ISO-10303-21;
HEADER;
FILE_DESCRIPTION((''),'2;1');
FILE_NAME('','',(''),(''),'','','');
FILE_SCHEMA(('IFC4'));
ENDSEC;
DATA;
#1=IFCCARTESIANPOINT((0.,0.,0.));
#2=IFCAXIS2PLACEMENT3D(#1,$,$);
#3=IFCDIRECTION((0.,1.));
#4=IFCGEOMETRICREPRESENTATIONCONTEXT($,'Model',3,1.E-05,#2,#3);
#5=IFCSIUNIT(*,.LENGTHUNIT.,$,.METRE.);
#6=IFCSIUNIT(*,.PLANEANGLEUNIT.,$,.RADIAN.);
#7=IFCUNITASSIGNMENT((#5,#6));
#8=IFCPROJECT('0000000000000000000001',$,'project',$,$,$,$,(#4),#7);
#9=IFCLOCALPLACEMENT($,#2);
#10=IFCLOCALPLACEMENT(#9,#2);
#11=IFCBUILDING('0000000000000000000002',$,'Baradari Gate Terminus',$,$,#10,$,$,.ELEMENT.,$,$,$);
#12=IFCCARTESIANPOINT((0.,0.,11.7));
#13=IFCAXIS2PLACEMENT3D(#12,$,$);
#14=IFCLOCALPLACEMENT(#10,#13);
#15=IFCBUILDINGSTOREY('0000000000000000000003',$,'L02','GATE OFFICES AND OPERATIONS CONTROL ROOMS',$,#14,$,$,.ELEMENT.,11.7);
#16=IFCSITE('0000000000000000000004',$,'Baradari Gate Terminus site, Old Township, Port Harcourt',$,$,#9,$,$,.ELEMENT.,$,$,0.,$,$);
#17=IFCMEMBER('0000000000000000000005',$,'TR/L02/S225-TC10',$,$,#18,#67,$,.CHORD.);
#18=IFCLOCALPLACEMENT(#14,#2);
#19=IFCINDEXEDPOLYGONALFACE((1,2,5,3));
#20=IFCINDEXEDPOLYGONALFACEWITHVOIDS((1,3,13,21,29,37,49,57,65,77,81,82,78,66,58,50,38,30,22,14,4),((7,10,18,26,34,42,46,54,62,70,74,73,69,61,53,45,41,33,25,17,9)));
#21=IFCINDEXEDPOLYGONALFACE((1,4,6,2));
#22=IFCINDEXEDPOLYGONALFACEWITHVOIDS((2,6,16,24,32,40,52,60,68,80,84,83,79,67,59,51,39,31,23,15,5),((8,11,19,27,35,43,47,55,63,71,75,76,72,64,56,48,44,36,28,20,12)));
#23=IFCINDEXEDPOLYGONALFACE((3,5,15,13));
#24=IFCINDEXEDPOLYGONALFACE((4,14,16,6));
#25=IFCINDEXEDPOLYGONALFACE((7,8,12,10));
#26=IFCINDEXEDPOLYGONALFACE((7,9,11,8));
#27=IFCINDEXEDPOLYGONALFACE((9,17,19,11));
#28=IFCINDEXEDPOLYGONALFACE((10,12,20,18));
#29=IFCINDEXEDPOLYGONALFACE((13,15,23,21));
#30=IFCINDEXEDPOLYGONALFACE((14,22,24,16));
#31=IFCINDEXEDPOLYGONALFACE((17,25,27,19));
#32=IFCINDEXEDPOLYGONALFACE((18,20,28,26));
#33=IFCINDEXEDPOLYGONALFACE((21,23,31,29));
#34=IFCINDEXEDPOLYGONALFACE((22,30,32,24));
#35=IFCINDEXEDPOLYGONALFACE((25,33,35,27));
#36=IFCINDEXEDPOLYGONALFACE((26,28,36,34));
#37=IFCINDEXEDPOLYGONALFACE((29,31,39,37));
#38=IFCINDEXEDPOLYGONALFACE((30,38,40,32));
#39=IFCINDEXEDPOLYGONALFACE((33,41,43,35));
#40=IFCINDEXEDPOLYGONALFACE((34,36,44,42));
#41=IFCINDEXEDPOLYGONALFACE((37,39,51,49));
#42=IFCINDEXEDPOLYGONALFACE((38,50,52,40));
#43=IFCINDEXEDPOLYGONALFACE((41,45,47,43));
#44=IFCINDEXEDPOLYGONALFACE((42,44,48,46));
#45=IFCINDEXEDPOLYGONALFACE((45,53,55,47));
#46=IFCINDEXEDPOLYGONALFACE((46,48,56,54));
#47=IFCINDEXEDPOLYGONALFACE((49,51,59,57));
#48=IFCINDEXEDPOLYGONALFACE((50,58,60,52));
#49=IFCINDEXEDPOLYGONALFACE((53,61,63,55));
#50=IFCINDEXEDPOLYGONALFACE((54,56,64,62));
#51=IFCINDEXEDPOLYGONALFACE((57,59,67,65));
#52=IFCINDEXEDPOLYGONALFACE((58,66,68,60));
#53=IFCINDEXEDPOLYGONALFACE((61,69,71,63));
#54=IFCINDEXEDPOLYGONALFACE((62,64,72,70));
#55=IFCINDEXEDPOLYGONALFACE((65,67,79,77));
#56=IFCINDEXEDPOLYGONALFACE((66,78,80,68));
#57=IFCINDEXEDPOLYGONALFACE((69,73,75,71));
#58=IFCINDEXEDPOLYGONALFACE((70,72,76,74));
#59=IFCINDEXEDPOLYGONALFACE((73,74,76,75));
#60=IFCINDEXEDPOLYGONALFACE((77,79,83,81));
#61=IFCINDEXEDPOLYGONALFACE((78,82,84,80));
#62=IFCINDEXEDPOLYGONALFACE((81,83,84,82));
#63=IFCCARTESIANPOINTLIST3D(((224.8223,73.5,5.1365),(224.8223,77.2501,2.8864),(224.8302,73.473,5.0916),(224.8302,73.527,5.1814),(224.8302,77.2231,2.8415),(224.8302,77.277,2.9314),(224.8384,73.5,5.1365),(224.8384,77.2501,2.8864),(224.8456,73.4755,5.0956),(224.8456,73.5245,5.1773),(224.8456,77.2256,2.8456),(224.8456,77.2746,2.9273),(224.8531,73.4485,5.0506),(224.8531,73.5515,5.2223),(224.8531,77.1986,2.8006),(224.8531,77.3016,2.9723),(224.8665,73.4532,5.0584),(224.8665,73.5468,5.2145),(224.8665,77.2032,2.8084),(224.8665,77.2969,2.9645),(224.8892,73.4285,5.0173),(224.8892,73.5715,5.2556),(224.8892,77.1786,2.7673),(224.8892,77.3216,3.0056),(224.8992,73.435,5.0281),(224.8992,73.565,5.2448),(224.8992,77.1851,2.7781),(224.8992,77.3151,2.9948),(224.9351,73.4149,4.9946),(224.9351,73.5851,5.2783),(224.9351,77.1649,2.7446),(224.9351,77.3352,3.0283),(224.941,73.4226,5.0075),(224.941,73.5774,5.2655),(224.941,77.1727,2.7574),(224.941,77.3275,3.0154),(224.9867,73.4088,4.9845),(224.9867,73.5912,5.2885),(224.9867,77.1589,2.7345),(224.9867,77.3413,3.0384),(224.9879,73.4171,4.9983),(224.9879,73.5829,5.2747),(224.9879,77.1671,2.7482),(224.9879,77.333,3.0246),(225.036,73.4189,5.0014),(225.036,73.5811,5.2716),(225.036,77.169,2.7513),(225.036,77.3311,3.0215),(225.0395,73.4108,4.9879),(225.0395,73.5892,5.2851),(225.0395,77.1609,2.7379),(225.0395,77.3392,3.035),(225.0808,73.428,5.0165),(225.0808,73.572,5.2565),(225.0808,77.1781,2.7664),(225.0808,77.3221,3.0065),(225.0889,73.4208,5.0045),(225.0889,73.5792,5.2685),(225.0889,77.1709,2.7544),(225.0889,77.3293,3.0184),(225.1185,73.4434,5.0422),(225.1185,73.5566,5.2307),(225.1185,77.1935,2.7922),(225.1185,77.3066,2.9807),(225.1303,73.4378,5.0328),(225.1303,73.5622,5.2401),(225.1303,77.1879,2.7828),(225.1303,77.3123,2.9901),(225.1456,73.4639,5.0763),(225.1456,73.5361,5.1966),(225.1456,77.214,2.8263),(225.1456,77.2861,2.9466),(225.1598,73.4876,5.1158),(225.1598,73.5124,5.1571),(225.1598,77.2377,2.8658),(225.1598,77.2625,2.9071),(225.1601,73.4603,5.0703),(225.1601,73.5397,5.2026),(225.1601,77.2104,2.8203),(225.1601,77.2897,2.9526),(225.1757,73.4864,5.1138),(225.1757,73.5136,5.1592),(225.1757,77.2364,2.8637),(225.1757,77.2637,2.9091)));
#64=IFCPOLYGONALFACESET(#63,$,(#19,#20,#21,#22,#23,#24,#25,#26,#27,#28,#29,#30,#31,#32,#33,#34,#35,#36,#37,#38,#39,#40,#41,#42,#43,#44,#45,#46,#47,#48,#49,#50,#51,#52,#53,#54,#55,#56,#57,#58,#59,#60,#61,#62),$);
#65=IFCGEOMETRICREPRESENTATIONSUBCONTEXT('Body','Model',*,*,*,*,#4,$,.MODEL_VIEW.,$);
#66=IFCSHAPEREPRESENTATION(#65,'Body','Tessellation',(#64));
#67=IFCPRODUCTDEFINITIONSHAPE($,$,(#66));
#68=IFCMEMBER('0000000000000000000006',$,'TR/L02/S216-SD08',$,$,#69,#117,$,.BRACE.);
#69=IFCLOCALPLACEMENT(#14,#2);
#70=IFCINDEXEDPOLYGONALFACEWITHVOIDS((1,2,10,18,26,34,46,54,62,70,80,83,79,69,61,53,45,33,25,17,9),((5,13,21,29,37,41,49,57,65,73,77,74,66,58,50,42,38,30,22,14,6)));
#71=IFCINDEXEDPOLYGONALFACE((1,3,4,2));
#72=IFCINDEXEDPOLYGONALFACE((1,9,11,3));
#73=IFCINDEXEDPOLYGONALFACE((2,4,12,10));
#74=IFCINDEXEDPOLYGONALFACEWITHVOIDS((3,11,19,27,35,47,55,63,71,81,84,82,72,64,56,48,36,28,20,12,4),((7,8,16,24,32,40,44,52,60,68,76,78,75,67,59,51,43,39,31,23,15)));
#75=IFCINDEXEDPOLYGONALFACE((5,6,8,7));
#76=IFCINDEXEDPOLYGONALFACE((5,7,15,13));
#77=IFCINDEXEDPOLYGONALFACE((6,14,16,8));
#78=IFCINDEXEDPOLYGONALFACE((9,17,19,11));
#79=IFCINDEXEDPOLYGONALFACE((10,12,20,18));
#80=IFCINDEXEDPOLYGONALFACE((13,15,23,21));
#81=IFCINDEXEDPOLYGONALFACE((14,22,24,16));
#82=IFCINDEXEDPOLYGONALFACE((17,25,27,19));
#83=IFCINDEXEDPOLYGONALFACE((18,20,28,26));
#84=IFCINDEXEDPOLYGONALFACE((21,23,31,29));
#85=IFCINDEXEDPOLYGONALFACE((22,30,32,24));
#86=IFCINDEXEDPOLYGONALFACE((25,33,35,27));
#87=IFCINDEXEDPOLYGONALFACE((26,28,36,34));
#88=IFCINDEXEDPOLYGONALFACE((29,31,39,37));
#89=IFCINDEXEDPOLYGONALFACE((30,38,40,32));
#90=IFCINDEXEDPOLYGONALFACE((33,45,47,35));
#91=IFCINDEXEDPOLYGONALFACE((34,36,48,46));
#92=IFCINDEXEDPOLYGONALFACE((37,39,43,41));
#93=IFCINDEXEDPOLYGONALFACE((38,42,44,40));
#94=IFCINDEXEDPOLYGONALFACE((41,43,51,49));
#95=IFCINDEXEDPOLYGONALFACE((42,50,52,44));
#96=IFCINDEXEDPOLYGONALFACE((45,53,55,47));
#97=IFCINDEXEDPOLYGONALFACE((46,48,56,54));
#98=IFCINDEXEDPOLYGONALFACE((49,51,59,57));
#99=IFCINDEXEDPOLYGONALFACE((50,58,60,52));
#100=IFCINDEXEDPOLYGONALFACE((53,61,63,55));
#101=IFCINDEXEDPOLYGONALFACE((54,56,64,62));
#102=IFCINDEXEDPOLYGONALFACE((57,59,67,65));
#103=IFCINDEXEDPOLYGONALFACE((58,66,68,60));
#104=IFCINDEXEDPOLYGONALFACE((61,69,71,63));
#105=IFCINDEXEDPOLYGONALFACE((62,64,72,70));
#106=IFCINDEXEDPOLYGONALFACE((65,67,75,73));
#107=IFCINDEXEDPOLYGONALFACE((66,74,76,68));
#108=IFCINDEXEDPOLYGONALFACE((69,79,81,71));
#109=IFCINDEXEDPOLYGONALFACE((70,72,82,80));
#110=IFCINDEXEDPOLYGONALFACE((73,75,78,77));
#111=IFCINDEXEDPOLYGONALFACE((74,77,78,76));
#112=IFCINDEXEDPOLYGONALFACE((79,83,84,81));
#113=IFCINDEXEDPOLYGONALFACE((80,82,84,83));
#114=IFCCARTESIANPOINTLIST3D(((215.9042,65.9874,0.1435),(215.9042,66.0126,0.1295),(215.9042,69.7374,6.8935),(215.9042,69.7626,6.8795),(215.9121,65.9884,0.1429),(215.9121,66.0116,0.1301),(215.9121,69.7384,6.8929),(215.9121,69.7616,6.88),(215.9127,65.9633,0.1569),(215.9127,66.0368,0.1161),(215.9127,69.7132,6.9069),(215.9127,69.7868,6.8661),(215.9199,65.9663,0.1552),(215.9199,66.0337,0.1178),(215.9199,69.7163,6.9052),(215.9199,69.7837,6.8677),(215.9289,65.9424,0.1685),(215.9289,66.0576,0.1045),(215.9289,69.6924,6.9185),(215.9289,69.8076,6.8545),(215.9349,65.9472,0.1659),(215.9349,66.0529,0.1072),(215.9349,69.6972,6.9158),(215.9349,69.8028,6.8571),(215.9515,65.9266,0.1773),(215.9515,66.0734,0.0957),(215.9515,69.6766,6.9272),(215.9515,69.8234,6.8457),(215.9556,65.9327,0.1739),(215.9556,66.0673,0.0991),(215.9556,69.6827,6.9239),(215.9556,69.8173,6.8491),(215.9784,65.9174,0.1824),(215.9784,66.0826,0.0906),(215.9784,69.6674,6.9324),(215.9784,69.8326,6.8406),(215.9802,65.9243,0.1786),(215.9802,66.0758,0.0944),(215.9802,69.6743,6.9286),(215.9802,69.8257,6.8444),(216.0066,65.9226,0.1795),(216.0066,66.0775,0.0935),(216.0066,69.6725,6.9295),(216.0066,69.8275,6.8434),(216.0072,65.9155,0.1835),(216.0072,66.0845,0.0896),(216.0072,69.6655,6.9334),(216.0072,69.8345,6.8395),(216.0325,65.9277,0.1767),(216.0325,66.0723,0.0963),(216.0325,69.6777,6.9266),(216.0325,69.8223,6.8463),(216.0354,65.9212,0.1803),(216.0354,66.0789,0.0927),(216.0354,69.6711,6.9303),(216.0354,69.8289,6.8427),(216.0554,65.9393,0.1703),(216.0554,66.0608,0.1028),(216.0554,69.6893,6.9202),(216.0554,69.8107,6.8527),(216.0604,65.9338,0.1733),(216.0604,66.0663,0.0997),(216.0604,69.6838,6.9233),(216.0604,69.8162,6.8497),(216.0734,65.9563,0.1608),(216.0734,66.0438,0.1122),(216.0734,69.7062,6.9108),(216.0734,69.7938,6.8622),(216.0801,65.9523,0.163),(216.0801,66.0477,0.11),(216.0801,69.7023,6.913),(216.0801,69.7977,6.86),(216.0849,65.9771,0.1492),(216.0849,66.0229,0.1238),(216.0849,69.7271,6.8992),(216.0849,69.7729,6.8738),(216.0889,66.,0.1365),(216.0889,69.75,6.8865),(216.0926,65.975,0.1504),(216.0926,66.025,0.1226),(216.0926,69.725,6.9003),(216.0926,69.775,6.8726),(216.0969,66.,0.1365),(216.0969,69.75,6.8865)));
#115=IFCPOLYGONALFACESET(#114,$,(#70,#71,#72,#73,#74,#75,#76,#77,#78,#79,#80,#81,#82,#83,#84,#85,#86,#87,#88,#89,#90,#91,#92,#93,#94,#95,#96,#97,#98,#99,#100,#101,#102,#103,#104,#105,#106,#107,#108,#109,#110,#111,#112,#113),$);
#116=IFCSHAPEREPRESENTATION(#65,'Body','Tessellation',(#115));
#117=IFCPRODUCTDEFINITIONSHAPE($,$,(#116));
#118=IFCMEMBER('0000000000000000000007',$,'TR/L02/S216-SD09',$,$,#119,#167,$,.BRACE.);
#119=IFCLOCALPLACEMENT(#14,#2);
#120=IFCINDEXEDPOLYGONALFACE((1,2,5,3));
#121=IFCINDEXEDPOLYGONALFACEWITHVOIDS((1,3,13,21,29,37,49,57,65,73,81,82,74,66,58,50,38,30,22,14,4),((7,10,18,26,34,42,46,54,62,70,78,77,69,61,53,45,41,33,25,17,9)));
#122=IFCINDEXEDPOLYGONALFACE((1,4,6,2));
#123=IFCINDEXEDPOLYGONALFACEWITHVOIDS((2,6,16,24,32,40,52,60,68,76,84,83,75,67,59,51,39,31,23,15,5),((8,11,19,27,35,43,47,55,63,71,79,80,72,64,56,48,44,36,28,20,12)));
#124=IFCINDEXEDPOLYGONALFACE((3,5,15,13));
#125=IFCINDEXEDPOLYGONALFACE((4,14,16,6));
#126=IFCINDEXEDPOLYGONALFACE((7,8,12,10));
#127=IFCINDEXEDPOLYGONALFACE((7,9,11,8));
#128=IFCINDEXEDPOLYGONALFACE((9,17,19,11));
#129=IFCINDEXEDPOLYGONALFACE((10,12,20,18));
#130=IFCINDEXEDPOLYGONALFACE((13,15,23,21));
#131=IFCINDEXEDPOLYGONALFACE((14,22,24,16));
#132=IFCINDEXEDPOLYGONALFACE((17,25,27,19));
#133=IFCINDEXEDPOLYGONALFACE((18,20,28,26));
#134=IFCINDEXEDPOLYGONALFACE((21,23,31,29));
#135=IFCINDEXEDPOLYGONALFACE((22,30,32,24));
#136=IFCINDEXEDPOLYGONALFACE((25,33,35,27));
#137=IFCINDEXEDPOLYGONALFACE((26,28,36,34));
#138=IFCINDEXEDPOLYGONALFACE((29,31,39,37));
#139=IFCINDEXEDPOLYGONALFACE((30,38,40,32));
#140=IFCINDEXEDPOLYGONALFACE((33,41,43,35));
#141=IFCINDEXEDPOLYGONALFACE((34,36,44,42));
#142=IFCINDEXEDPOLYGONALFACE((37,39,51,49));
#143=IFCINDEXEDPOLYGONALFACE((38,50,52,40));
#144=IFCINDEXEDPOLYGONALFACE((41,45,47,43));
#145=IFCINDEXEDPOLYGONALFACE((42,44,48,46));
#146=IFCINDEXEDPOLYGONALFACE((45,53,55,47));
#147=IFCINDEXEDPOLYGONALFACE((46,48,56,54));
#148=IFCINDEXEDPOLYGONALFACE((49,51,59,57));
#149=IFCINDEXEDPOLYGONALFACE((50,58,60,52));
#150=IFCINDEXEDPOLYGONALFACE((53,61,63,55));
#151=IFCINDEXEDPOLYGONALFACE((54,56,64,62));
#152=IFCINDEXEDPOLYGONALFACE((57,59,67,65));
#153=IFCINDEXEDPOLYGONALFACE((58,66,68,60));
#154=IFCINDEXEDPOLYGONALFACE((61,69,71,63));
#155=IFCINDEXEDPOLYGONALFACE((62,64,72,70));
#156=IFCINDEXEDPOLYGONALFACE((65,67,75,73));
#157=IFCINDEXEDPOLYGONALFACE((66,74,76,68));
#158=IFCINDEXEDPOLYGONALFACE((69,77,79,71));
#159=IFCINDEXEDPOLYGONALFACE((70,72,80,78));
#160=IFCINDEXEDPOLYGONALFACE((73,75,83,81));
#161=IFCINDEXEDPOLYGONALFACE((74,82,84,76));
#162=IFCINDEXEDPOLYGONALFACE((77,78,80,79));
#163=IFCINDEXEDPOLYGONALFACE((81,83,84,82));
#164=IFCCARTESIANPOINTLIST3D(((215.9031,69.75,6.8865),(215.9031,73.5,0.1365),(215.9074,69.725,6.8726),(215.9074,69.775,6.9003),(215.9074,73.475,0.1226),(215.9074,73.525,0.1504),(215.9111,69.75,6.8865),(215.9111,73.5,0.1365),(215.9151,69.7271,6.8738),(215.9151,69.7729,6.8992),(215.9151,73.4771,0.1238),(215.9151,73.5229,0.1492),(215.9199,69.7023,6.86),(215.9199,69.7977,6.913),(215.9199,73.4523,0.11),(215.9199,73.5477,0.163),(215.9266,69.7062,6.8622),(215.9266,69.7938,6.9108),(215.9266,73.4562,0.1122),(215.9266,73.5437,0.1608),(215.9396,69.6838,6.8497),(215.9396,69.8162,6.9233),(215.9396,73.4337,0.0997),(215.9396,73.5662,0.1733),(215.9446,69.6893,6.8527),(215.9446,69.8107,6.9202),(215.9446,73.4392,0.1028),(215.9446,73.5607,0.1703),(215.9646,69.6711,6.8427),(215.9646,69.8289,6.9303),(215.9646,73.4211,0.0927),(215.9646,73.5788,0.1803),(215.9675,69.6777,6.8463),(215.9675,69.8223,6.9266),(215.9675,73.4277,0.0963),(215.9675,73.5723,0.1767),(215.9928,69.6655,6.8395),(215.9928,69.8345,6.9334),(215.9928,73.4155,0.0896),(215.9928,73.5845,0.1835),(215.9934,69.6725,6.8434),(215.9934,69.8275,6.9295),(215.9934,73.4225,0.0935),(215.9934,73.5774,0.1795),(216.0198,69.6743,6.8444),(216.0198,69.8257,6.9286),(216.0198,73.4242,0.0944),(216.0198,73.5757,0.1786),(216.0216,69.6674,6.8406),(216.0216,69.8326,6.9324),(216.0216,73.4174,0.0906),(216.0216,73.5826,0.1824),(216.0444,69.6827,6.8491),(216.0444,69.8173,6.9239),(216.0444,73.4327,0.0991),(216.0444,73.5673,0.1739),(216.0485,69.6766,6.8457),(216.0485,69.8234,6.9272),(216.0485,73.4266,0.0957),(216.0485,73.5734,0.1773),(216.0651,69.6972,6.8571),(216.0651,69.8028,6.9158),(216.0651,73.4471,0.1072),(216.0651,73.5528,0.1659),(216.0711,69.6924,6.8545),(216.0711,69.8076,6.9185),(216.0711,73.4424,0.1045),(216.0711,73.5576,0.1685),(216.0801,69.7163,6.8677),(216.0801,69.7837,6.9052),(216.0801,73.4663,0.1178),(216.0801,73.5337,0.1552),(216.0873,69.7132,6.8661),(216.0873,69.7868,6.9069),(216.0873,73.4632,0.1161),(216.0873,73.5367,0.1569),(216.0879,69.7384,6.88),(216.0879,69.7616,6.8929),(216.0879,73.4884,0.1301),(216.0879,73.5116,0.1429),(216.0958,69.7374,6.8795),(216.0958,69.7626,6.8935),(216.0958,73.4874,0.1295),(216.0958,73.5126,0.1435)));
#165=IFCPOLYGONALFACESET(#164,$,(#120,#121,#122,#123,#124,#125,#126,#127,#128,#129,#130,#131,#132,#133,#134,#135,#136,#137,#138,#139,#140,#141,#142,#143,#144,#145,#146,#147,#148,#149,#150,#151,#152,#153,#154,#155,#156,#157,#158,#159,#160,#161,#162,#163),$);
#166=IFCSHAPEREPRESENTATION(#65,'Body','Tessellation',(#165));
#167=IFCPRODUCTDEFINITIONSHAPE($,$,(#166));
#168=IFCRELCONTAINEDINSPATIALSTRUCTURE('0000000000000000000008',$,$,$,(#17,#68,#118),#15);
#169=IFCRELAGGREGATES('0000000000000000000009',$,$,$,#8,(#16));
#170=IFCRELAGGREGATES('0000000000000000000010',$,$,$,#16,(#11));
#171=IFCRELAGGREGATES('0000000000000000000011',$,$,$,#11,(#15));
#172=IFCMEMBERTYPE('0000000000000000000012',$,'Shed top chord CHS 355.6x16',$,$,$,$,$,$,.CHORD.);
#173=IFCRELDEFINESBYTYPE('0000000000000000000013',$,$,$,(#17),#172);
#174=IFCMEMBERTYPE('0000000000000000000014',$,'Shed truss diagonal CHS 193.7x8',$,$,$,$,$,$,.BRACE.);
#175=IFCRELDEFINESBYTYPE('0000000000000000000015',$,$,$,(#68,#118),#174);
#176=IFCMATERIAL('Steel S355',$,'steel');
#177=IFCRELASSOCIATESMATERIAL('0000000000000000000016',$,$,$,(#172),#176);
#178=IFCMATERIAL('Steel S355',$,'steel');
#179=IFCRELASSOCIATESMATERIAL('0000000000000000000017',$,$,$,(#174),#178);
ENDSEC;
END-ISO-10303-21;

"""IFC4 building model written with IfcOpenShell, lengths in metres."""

from ifc_helpers import new_model, si_unit, direction, frame, origin, origin_2d, place, context, subcontext, project, spatial, hollow_circle, extrude, material, material_profile, profile_set, type_object, element, save


model = new_model("IFC4")

# Units and contexts
model_context = context("Model", 3, precision=1e-05, world=origin(), true_north=direction((0.0, 1.0)))
body_context = subcontext(model_context, "Body", "Model", "MODEL_VIEW")
ifc_project = project(units=[si_unit("LENGTHUNIT", "METRE"), si_unit("PLANEANGLEUNIT", "RADIAN")], contexts=[model_context])

# Site, building, storey
site_placement = place(None, origin())
site = spatial("IfcSite", under=ifc_project, at=site_placement, Name="Baradari Gate Terminus site, Old Township, Port Harcourt", CompositionType="ELEMENT", RefElevation=0.0)
building_placement = place(site_placement, origin())
building = spatial("IfcBuilding", under=site, at=building_placement, Name="Baradari Gate Terminus", CompositionType="ELEMENT")
storey_placement = place(building_placement, frame((0.0, 0.0, 11.7)))
storey = spatial("IfcBuildingStorey", under=building, at=storey_placement, Name="L02", Description="GATE OFFICES AND OPERATIONS CONTROL ROOMS", CompositionType="ELEMENT", Elevation=11.7)

# Members
ifc_material_1 = material(Name="Steel S355", Category="steel")
ifc_material_profile_1 = material_profile(ifc_material_1, hollow_circle(Radius=0.1777, WallThickness=0.0161, at=origin_2d()), Name="CHS 355.6x16")
ifc_profile_set_1 = profile_set([ifc_material_profile_1], Name="Steel S355")
member_type_1 = type_object("IfcMemberType", Name="Shed top chord CHS 355.6x16", PredefinedType="CHORD", material=ifc_profile_set_1)
for number, where, z_axis, x_axis, name in (
    (1, (225.0, 73.5, 5.1365), (0.0, 0.857493, -0.514496), (-1.0, 0.0, 0.0), "TR/L02/S225-TC10"),
):
    element("IfcMember", number, at=place(storey_placement, frame(where, z_axis=z_axis, x_axis=x_axis)), inside=storey, type_object=member_type_1, Name=name, PredefinedType="CHORD", context=body_context, shape_type="SweptSolid", body=[
        extrude(hollow_circle(Radius=0.1777, WallThickness=0.0161, at=origin_2d()), origin(), (0.0, 0.0, 1.0), 4.3733),
    ])
ifc_material_2 = material(Name="Steel S355", Category="steel")
ifc_material_profile_2 = material_profile(ifc_material_2, hollow_circle(Radius=0.0969, WallThickness=0.0081, at=origin_2d()), Name="CHS 193.7x8")
ifc_profile_set_2 = profile_set([ifc_material_profile_2], Name="Steel S355")
member_type_2 = type_object("IfcMemberType", Name="Shed truss diagonal CHS 193.7x8", PredefinedType="BRACE", material=ifc_profile_set_2)
for number, where, z_axis, x_axis, name in (
    (2, (216.0, 69.75, 6.8865), (0.0, -0.485643, -0.874157), (1.0, 0.0, 0.0), "TR/L02/S216-SD08"),
    (3, (216.0, 69.75, 6.8865), (0.0, 0.485643, -0.874157), (-1.0, 0.0, 0.0), "TR/L02/S216-SD09"),
):
    element("IfcMember", number, at=place(storey_placement, frame(where, z_axis=z_axis, x_axis=x_axis)), inside=storey, type_object=member_type_2, Name=name, PredefinedType="BRACE", context=body_context, shape_type="SweptSolid", body=[
        extrude(hollow_circle(Radius=0.0969, WallThickness=0.0081, at=origin_2d()), origin(), (0.0, 0.0, 1.0), 7.7217),
    ])

save(model, "model.ifc")
